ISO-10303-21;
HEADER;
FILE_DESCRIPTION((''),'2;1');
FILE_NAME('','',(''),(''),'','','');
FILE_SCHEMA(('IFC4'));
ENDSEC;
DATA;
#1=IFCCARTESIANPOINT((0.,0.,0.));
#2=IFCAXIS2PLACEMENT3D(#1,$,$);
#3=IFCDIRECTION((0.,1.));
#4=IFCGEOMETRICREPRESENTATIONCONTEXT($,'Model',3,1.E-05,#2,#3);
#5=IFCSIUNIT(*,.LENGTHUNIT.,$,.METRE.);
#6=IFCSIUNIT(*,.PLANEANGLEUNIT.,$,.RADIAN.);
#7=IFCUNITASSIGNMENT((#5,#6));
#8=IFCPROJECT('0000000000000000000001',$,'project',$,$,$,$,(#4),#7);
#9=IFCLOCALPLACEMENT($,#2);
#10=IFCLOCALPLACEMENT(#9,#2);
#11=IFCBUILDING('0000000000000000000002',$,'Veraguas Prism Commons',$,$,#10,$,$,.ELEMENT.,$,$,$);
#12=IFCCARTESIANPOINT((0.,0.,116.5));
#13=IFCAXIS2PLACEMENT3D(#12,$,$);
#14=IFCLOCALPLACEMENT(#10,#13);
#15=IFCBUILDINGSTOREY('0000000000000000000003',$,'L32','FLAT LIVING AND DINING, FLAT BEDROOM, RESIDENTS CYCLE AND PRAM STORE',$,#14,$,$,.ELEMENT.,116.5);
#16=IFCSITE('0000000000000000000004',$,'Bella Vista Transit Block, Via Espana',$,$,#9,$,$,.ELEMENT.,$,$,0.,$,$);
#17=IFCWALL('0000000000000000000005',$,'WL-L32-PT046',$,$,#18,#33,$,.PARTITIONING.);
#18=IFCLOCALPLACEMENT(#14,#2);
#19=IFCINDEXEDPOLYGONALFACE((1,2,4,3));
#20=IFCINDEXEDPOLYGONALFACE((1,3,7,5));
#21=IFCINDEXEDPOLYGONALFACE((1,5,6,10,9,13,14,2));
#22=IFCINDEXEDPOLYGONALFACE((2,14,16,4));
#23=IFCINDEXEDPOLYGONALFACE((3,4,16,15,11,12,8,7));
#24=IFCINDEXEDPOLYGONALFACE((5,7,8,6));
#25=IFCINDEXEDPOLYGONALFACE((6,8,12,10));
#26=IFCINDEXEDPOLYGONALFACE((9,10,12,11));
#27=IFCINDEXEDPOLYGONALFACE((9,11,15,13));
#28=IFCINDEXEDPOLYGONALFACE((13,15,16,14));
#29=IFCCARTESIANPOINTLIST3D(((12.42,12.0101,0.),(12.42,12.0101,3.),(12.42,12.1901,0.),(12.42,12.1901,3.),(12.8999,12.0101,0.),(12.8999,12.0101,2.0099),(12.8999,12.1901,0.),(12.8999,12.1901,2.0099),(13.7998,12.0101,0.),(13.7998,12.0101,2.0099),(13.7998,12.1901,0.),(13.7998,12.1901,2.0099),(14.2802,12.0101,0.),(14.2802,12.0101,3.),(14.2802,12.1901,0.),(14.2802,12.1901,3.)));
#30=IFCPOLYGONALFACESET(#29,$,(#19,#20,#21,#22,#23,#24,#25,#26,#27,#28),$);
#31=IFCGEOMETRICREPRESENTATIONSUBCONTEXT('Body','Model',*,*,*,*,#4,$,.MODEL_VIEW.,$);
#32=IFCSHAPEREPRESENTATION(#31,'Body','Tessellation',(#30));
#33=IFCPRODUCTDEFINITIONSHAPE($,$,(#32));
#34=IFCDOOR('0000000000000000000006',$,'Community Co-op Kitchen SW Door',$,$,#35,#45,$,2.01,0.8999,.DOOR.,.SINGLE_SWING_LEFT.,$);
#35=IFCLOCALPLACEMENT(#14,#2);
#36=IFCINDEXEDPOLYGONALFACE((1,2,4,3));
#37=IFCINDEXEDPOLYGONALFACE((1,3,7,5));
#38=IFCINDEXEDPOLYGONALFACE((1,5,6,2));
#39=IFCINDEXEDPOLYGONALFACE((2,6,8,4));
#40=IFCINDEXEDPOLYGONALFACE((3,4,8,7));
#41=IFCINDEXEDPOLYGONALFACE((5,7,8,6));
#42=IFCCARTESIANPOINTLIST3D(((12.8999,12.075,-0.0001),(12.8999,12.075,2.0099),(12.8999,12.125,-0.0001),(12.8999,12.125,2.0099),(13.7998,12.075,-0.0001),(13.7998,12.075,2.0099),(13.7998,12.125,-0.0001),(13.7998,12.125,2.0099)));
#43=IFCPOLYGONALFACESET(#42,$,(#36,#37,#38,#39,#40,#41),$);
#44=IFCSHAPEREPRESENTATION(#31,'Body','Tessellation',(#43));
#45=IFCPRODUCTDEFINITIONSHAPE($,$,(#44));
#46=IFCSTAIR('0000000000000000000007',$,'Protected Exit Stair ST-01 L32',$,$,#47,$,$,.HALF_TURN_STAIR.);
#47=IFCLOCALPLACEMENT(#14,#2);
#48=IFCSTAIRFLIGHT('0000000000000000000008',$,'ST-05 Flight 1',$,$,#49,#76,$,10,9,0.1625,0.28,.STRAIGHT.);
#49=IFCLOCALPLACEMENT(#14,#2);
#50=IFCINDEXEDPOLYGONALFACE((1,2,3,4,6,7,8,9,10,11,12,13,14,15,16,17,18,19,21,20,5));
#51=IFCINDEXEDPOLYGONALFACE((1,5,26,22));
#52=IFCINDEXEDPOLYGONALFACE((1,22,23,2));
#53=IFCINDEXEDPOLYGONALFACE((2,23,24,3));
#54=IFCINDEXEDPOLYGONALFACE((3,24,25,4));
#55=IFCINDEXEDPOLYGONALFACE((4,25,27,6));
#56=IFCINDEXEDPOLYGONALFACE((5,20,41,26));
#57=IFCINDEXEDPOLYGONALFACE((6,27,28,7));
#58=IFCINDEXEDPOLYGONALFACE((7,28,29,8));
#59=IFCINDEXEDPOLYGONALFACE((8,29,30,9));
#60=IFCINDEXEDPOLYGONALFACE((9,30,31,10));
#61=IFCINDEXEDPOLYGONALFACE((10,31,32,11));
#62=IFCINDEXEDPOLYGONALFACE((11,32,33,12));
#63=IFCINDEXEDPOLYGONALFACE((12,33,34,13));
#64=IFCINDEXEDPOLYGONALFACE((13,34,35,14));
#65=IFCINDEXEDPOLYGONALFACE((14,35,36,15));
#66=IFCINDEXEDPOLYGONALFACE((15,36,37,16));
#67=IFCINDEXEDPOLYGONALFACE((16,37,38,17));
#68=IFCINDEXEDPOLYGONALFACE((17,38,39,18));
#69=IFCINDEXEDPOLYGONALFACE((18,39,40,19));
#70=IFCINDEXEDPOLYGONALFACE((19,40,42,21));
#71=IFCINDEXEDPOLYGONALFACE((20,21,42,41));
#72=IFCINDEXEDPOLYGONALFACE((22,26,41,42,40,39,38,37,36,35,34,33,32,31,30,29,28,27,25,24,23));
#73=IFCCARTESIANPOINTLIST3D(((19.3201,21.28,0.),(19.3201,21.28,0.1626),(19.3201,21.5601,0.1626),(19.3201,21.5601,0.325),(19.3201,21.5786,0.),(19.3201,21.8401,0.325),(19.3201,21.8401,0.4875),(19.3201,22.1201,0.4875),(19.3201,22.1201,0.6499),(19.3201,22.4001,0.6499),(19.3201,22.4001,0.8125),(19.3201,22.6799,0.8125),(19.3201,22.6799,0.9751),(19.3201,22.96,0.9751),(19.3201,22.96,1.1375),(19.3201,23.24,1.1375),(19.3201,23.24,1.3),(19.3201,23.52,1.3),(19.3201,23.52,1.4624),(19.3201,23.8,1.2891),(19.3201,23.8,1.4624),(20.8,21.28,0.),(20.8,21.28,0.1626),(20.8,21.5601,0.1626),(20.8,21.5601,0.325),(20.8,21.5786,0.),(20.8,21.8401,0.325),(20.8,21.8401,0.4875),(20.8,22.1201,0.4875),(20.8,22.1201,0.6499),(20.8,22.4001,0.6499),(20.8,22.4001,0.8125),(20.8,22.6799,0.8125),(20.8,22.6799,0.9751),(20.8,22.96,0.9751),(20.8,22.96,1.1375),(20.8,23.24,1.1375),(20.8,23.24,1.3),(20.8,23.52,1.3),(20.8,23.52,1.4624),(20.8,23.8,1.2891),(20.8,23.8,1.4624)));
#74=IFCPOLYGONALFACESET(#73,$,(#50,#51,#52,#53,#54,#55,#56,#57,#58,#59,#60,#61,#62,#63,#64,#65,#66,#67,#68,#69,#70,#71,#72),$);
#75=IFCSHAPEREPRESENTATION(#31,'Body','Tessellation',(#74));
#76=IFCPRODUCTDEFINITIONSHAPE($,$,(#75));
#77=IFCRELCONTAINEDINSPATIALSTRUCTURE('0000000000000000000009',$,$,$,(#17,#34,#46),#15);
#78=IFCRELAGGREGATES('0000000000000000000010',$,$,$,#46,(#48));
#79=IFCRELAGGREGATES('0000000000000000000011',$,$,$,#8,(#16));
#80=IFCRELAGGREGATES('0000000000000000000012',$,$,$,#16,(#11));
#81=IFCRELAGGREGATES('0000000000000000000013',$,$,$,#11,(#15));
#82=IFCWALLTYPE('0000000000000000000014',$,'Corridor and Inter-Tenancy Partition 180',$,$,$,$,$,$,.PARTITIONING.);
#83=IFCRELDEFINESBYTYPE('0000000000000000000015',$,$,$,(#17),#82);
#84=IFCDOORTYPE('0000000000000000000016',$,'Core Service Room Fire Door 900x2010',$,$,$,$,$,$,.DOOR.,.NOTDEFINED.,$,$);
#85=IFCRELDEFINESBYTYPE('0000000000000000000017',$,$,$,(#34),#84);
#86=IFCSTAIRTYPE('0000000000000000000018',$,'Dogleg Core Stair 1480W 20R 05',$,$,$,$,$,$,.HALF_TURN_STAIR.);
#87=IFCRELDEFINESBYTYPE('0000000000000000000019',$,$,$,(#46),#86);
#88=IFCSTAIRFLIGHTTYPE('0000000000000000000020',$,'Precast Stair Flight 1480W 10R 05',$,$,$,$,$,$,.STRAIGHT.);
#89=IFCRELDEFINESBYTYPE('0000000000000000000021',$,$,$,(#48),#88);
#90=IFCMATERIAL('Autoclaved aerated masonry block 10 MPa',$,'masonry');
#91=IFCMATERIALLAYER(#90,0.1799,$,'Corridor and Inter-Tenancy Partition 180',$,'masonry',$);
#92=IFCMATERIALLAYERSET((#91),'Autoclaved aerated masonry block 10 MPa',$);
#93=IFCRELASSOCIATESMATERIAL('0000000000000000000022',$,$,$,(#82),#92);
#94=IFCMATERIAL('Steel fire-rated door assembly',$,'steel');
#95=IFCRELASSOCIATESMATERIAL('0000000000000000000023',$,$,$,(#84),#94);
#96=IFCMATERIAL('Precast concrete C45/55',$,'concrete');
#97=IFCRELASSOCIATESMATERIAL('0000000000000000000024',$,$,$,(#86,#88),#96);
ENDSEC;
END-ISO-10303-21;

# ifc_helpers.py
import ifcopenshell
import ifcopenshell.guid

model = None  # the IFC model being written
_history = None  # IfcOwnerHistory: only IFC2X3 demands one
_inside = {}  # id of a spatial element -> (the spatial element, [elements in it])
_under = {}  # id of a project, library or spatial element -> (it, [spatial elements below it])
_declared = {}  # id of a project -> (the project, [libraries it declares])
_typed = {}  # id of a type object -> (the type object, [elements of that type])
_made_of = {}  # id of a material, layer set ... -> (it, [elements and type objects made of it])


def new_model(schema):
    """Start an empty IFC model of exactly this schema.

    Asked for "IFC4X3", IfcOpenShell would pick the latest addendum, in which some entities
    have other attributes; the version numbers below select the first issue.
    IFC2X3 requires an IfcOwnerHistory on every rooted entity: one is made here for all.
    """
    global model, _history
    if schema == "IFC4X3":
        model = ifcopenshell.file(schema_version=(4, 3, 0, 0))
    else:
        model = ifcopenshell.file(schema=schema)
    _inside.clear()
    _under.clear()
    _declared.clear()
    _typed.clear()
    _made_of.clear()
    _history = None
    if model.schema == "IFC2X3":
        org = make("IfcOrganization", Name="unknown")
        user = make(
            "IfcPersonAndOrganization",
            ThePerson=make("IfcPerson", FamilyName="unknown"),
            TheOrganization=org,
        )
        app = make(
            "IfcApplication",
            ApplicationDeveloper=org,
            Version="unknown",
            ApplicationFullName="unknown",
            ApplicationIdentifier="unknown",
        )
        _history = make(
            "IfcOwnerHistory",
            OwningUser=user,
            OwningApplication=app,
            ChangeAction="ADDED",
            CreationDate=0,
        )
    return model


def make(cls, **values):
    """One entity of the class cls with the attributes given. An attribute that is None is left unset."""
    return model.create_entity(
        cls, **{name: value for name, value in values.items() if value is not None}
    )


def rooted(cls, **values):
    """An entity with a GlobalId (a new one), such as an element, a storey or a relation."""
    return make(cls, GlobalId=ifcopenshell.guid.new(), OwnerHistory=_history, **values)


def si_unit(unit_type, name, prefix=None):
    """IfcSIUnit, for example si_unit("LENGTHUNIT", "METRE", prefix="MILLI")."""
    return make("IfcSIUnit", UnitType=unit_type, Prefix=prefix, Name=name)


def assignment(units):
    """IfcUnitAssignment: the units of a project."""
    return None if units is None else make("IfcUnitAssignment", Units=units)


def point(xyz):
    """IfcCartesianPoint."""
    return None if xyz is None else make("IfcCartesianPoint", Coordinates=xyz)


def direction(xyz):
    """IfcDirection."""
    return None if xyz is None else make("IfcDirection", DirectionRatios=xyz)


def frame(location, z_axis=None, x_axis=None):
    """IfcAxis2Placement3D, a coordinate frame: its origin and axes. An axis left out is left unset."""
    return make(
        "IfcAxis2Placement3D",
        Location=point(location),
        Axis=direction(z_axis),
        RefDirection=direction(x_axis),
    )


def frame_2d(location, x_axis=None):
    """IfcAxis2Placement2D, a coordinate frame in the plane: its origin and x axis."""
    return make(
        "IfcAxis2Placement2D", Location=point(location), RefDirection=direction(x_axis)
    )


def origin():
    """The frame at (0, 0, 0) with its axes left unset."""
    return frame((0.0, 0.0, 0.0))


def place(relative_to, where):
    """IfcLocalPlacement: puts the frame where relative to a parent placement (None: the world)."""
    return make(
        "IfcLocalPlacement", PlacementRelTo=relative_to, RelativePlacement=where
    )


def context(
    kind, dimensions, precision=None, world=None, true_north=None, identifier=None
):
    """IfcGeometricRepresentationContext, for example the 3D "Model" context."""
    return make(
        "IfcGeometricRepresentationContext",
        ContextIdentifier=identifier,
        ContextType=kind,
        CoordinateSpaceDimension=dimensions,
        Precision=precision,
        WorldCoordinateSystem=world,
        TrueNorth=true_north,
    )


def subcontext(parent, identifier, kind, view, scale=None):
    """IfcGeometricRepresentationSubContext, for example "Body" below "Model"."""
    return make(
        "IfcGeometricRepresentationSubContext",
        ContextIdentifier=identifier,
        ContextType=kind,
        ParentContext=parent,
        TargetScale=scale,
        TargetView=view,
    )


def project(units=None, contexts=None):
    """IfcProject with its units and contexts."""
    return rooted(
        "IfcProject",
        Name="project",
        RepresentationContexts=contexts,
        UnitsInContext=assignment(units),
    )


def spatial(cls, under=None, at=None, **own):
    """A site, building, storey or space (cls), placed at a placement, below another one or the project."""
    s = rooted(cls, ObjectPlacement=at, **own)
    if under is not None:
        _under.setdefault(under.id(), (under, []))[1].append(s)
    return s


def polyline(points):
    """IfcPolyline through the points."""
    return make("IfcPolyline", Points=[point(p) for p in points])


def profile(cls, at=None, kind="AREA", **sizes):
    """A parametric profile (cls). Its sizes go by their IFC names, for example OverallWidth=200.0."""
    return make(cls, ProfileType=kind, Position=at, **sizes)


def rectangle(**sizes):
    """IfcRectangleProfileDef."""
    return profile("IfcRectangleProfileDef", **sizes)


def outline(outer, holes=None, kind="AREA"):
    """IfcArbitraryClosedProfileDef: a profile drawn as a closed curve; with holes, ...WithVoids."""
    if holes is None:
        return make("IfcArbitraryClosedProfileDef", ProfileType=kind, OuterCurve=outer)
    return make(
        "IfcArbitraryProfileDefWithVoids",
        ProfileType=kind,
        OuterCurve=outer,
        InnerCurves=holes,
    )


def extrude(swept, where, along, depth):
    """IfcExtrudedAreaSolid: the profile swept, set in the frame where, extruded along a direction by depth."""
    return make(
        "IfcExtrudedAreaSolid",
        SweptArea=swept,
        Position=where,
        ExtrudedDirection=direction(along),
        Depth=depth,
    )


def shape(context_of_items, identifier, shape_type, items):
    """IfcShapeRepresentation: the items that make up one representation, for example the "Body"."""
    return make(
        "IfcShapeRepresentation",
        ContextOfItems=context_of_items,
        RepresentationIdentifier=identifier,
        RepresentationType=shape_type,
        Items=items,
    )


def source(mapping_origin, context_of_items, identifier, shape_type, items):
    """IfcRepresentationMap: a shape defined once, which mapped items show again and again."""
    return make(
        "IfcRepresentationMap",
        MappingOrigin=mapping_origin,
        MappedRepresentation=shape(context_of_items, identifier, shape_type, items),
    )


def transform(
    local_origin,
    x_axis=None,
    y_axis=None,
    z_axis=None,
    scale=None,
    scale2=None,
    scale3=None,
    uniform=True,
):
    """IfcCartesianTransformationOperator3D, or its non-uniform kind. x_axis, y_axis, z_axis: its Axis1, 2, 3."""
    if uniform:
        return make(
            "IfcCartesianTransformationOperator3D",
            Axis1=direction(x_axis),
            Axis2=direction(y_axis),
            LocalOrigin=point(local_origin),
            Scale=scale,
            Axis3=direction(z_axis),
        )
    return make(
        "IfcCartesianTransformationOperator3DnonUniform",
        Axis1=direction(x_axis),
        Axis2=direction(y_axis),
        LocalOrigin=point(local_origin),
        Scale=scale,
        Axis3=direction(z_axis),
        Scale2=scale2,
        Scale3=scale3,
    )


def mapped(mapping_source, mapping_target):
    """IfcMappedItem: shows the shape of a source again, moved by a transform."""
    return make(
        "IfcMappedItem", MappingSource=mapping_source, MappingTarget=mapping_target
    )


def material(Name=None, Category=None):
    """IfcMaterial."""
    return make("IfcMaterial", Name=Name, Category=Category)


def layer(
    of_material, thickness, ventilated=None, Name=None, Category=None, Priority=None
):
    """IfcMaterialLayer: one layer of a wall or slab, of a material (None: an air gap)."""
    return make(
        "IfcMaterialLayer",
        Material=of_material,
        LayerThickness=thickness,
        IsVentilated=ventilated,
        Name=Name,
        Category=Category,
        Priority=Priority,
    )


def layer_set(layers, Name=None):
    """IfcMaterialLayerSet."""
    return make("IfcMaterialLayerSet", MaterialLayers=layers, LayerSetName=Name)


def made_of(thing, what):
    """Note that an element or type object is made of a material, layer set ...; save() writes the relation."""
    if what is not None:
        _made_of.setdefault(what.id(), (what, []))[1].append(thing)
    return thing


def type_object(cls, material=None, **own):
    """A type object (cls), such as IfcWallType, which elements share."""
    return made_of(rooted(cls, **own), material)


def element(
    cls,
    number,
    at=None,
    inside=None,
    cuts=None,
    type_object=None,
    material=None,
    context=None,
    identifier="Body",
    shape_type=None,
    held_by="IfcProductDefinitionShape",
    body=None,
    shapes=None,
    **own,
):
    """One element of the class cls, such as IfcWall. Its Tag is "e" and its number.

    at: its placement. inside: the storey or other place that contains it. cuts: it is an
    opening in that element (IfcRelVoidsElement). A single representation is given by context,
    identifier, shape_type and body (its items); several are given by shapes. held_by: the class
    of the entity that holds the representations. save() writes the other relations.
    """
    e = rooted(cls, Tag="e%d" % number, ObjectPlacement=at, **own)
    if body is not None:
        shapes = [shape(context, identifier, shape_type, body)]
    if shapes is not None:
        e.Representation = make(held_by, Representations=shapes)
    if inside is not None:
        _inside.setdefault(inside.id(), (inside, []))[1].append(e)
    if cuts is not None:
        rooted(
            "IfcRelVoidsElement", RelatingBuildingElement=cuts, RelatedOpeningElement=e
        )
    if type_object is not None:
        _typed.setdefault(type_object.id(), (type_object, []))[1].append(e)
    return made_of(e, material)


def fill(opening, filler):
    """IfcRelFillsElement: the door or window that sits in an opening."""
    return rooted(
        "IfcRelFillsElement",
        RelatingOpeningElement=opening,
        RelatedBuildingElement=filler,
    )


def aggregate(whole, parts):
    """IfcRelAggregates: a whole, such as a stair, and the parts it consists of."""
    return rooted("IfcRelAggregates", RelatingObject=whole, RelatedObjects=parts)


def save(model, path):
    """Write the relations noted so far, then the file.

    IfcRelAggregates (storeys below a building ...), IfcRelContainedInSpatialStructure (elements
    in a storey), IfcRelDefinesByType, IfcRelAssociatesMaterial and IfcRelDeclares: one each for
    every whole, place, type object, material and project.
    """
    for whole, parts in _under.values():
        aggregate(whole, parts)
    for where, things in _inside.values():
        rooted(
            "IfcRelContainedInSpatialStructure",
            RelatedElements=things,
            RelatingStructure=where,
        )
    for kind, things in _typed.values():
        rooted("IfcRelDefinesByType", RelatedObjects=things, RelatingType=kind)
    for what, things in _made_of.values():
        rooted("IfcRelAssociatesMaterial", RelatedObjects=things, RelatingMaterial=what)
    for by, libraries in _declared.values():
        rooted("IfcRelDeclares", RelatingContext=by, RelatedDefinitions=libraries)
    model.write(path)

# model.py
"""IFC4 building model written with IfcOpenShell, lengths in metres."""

from ifc_helpers import new_model, si_unit, direction, frame, frame_2d, origin, place, context, subcontext, project, spatial, polyline, rectangle, outline, extrude, source, transform, mapped, material, layer, layer_set, type_object, element, fill, aggregate, save


model = new_model("IFC4")

# Units and contexts
model_context = context("Model", 3, precision=1e-05, world=origin(), true_north=direction((0.0, 1.0)))
body_context = subcontext(model_context, "Body", "Model", "MODEL_VIEW")
ifc_project = project(units=[si_unit("LENGTHUNIT", "METRE"), si_unit("PLANEANGLEUNIT", "RADIAN")], contexts=[model_context])

# Site, building, storey
site_placement = place(None, origin())
site = spatial("IfcSite", under=ifc_project, at=site_placement, Name="Bella Vista Transit Block, Via Espana", CompositionType="ELEMENT", RefElevation=0.0)
building_placement = place(site_placement, origin())
building = spatial("IfcBuilding", under=site, at=building_placement, Name="Veraguas Prism Commons", CompositionType="ELEMENT")
storey_placement = place(building_placement, frame((0.0, 0.0, 116.5)))
storey = spatial("IfcBuildingStorey", under=building, at=storey_placement, Name="L32", Description="FLAT LIVING AND DINING, FLAT BEDROOM, RESIDENTS CYCLE AND PRAM STORE", CompositionType="ELEMENT", Elevation=116.5)

# Shared definitions
ifc_material_1 = material(Name="Steel fire-rated door assembly", Category="steel")

# Shared definitions
ifc_material_2 = material(Name="Autoclaved aerated masonry block 10 MPa", Category="masonry")
ifc_layer_1 = layer(ifc_material_2, 0.1799, Name="Corridor and Inter-Tenancy Partition 180", Category="masonry")
ifc_layer_set_1 = layer_set([ifc_layer_1], Name="Autoclaved aerated masonry block 10 MPa")
wall_type_1 = type_object("IfcWallType", Name="Corridor and Inter-Tenancy Partition 180", PredefinedType="PARTITIONING", material=ifc_layer_set_1)
door_type_1 = type_object("IfcDoorType", Name="Core Service Room Fire Door 900x2010", OperationType="NOTDEFINED", PredefinedType="DOOR", material=ifc_material_1)
shared_shape_1 = source(origin(), body_context, "Body", "SweptSolid", [
    extrude(rectangle(XDim=0.8999, YDim=2.01, at=frame_2d((0.45, 1.0049))), frame((0.0, 0.0249, 0.0), z_axis=(0.0, -1.0, 0.0), x_axis=(1.0, 0.0, 0.0)), (0.0, 0.0, 1.0), 0.05),
])

# Wall, opening, door
wall_1_placement = place(storey_placement, frame((12.4199, 12.1001, 0.0), z_axis=(0.0, 0.0, 1.0), x_axis=(1.0, 0.0, 0.0)))
wall_1 = element("IfcWall", 1, at=wall_1_placement, inside=storey, type_object=wall_type_1, Name="WL-L32-PT046", PredefinedType="PARTITIONING", context=body_context, shape_type="SweptSolid", body=[
    extrude(rectangle(XDim=1.8601, YDim=0.1799, at=frame_2d((0.9302, 0.0))), origin(), (0.0, 0.0, 1.0), 3.0),
])
opening_1_placement = place(wall_1_placement, frame((0.48, 0.0, 0.0)))
opening_1 = element("IfcOpeningElement", 2, at=opening_1_placement, cuts=wall_1, PredefinedType="OPENING", context=body_context, shape_type="SweptSolid", body=[
    extrude(rectangle(XDim=0.8999, YDim=2.01, at=frame_2d((0.45, 1.0049))), frame((0.0, 0.0999, 0.0), z_axis=(0.0, -1.0, 0.0), x_axis=(1.0, 0.0, 0.0)), (0.0, 0.0, 1.0), 0.2),
])
door_1_placement = place(opening_1_placement, origin())
door_1 = element("IfcDoor", 3, at=door_1_placement, inside=storey, type_object=door_type_1, Name="Community Co-op Kitchen SW Door", OperationType="SINGLE_SWING_LEFT", OverallHeight=2.01, OverallWidth=0.8999, PredefinedType="DOOR", context=body_context, shape_type="MappedRepresentation", body=[
    mapped(shared_shape_1, transform((0.0, 0.0, 0.0), scale=1.0)),
])
fill(opening_1, door_1)

# Stair, stair flight
ifc_material_3 = material(Name="Precast concrete C45/55", Category="concrete")
stair_type = type_object("IfcStairType", Name="Dogleg Core Stair 1480W 20R 05", PredefinedType="HALF_TURN_STAIR", material=ifc_material_3)
stair_placement = place(storey_placement, origin())
stair = element("IfcStair", 4, at=stair_placement, inside=storey, type_object=stair_type, Name="Protected Exit Stair ST-01 L32", PredefinedType="HALF_TURN_STAIR")
stair_flight_type = type_object("IfcStairFlightType", Name="Precast Stair Flight 1480W 10R 05", PredefinedType="STRAIGHT", material=ifc_material_3)
stair_flight_placement = place(storey_placement, frame((20.0601, 21.28, 0.0), z_axis=(0.0, 0.0, 1.0), x_axis=(0.0, 1.0, 0.0)))
stair_flight = element("IfcStairFlight", 5, at=stair_flight_placement, type_object=stair_flight_type, Name="ST-05 Flight 1", NumberOfRisers=10, NumberOfTreads=9, PredefinedType="STRAIGHT", RiserHeight=0.1625, TreadLength=0.28, context=body_context, shape_type="SweptSolid", body=[
    extrude(outline(polyline([(0.0, 0.0), (0.0, 0.1626), (0.28, 0.1626), (0.28, 0.325), (0.5601, 0.325), (0.5601, 0.4875), (0.8401, 0.4875), (0.8401, 0.6499), (1.1201, 0.6499), (1.1201, 0.8125), (1.3999, 0.8125), (1.3999, 0.9751), (1.6799, 0.9751), (1.6799, 1.1375), (1.96, 1.1375), (1.96, 1.3), (2.24, 1.3), (2.24, 1.4624), (2.52, 1.4624), (2.52, 1.625), (2.52, 1.2891), (0.2986, 0.0), (0.0, 0.0)])), frame((0.0, 0.74, 0.0), z_axis=(0.0, -1.0, 0.0), x_axis=(1.0, 0.0, 0.0)), (0.0, 0.0, 1.0), 1.48),
])
aggregate(stair, [stair_flight])

save(model, "model.ifc")
